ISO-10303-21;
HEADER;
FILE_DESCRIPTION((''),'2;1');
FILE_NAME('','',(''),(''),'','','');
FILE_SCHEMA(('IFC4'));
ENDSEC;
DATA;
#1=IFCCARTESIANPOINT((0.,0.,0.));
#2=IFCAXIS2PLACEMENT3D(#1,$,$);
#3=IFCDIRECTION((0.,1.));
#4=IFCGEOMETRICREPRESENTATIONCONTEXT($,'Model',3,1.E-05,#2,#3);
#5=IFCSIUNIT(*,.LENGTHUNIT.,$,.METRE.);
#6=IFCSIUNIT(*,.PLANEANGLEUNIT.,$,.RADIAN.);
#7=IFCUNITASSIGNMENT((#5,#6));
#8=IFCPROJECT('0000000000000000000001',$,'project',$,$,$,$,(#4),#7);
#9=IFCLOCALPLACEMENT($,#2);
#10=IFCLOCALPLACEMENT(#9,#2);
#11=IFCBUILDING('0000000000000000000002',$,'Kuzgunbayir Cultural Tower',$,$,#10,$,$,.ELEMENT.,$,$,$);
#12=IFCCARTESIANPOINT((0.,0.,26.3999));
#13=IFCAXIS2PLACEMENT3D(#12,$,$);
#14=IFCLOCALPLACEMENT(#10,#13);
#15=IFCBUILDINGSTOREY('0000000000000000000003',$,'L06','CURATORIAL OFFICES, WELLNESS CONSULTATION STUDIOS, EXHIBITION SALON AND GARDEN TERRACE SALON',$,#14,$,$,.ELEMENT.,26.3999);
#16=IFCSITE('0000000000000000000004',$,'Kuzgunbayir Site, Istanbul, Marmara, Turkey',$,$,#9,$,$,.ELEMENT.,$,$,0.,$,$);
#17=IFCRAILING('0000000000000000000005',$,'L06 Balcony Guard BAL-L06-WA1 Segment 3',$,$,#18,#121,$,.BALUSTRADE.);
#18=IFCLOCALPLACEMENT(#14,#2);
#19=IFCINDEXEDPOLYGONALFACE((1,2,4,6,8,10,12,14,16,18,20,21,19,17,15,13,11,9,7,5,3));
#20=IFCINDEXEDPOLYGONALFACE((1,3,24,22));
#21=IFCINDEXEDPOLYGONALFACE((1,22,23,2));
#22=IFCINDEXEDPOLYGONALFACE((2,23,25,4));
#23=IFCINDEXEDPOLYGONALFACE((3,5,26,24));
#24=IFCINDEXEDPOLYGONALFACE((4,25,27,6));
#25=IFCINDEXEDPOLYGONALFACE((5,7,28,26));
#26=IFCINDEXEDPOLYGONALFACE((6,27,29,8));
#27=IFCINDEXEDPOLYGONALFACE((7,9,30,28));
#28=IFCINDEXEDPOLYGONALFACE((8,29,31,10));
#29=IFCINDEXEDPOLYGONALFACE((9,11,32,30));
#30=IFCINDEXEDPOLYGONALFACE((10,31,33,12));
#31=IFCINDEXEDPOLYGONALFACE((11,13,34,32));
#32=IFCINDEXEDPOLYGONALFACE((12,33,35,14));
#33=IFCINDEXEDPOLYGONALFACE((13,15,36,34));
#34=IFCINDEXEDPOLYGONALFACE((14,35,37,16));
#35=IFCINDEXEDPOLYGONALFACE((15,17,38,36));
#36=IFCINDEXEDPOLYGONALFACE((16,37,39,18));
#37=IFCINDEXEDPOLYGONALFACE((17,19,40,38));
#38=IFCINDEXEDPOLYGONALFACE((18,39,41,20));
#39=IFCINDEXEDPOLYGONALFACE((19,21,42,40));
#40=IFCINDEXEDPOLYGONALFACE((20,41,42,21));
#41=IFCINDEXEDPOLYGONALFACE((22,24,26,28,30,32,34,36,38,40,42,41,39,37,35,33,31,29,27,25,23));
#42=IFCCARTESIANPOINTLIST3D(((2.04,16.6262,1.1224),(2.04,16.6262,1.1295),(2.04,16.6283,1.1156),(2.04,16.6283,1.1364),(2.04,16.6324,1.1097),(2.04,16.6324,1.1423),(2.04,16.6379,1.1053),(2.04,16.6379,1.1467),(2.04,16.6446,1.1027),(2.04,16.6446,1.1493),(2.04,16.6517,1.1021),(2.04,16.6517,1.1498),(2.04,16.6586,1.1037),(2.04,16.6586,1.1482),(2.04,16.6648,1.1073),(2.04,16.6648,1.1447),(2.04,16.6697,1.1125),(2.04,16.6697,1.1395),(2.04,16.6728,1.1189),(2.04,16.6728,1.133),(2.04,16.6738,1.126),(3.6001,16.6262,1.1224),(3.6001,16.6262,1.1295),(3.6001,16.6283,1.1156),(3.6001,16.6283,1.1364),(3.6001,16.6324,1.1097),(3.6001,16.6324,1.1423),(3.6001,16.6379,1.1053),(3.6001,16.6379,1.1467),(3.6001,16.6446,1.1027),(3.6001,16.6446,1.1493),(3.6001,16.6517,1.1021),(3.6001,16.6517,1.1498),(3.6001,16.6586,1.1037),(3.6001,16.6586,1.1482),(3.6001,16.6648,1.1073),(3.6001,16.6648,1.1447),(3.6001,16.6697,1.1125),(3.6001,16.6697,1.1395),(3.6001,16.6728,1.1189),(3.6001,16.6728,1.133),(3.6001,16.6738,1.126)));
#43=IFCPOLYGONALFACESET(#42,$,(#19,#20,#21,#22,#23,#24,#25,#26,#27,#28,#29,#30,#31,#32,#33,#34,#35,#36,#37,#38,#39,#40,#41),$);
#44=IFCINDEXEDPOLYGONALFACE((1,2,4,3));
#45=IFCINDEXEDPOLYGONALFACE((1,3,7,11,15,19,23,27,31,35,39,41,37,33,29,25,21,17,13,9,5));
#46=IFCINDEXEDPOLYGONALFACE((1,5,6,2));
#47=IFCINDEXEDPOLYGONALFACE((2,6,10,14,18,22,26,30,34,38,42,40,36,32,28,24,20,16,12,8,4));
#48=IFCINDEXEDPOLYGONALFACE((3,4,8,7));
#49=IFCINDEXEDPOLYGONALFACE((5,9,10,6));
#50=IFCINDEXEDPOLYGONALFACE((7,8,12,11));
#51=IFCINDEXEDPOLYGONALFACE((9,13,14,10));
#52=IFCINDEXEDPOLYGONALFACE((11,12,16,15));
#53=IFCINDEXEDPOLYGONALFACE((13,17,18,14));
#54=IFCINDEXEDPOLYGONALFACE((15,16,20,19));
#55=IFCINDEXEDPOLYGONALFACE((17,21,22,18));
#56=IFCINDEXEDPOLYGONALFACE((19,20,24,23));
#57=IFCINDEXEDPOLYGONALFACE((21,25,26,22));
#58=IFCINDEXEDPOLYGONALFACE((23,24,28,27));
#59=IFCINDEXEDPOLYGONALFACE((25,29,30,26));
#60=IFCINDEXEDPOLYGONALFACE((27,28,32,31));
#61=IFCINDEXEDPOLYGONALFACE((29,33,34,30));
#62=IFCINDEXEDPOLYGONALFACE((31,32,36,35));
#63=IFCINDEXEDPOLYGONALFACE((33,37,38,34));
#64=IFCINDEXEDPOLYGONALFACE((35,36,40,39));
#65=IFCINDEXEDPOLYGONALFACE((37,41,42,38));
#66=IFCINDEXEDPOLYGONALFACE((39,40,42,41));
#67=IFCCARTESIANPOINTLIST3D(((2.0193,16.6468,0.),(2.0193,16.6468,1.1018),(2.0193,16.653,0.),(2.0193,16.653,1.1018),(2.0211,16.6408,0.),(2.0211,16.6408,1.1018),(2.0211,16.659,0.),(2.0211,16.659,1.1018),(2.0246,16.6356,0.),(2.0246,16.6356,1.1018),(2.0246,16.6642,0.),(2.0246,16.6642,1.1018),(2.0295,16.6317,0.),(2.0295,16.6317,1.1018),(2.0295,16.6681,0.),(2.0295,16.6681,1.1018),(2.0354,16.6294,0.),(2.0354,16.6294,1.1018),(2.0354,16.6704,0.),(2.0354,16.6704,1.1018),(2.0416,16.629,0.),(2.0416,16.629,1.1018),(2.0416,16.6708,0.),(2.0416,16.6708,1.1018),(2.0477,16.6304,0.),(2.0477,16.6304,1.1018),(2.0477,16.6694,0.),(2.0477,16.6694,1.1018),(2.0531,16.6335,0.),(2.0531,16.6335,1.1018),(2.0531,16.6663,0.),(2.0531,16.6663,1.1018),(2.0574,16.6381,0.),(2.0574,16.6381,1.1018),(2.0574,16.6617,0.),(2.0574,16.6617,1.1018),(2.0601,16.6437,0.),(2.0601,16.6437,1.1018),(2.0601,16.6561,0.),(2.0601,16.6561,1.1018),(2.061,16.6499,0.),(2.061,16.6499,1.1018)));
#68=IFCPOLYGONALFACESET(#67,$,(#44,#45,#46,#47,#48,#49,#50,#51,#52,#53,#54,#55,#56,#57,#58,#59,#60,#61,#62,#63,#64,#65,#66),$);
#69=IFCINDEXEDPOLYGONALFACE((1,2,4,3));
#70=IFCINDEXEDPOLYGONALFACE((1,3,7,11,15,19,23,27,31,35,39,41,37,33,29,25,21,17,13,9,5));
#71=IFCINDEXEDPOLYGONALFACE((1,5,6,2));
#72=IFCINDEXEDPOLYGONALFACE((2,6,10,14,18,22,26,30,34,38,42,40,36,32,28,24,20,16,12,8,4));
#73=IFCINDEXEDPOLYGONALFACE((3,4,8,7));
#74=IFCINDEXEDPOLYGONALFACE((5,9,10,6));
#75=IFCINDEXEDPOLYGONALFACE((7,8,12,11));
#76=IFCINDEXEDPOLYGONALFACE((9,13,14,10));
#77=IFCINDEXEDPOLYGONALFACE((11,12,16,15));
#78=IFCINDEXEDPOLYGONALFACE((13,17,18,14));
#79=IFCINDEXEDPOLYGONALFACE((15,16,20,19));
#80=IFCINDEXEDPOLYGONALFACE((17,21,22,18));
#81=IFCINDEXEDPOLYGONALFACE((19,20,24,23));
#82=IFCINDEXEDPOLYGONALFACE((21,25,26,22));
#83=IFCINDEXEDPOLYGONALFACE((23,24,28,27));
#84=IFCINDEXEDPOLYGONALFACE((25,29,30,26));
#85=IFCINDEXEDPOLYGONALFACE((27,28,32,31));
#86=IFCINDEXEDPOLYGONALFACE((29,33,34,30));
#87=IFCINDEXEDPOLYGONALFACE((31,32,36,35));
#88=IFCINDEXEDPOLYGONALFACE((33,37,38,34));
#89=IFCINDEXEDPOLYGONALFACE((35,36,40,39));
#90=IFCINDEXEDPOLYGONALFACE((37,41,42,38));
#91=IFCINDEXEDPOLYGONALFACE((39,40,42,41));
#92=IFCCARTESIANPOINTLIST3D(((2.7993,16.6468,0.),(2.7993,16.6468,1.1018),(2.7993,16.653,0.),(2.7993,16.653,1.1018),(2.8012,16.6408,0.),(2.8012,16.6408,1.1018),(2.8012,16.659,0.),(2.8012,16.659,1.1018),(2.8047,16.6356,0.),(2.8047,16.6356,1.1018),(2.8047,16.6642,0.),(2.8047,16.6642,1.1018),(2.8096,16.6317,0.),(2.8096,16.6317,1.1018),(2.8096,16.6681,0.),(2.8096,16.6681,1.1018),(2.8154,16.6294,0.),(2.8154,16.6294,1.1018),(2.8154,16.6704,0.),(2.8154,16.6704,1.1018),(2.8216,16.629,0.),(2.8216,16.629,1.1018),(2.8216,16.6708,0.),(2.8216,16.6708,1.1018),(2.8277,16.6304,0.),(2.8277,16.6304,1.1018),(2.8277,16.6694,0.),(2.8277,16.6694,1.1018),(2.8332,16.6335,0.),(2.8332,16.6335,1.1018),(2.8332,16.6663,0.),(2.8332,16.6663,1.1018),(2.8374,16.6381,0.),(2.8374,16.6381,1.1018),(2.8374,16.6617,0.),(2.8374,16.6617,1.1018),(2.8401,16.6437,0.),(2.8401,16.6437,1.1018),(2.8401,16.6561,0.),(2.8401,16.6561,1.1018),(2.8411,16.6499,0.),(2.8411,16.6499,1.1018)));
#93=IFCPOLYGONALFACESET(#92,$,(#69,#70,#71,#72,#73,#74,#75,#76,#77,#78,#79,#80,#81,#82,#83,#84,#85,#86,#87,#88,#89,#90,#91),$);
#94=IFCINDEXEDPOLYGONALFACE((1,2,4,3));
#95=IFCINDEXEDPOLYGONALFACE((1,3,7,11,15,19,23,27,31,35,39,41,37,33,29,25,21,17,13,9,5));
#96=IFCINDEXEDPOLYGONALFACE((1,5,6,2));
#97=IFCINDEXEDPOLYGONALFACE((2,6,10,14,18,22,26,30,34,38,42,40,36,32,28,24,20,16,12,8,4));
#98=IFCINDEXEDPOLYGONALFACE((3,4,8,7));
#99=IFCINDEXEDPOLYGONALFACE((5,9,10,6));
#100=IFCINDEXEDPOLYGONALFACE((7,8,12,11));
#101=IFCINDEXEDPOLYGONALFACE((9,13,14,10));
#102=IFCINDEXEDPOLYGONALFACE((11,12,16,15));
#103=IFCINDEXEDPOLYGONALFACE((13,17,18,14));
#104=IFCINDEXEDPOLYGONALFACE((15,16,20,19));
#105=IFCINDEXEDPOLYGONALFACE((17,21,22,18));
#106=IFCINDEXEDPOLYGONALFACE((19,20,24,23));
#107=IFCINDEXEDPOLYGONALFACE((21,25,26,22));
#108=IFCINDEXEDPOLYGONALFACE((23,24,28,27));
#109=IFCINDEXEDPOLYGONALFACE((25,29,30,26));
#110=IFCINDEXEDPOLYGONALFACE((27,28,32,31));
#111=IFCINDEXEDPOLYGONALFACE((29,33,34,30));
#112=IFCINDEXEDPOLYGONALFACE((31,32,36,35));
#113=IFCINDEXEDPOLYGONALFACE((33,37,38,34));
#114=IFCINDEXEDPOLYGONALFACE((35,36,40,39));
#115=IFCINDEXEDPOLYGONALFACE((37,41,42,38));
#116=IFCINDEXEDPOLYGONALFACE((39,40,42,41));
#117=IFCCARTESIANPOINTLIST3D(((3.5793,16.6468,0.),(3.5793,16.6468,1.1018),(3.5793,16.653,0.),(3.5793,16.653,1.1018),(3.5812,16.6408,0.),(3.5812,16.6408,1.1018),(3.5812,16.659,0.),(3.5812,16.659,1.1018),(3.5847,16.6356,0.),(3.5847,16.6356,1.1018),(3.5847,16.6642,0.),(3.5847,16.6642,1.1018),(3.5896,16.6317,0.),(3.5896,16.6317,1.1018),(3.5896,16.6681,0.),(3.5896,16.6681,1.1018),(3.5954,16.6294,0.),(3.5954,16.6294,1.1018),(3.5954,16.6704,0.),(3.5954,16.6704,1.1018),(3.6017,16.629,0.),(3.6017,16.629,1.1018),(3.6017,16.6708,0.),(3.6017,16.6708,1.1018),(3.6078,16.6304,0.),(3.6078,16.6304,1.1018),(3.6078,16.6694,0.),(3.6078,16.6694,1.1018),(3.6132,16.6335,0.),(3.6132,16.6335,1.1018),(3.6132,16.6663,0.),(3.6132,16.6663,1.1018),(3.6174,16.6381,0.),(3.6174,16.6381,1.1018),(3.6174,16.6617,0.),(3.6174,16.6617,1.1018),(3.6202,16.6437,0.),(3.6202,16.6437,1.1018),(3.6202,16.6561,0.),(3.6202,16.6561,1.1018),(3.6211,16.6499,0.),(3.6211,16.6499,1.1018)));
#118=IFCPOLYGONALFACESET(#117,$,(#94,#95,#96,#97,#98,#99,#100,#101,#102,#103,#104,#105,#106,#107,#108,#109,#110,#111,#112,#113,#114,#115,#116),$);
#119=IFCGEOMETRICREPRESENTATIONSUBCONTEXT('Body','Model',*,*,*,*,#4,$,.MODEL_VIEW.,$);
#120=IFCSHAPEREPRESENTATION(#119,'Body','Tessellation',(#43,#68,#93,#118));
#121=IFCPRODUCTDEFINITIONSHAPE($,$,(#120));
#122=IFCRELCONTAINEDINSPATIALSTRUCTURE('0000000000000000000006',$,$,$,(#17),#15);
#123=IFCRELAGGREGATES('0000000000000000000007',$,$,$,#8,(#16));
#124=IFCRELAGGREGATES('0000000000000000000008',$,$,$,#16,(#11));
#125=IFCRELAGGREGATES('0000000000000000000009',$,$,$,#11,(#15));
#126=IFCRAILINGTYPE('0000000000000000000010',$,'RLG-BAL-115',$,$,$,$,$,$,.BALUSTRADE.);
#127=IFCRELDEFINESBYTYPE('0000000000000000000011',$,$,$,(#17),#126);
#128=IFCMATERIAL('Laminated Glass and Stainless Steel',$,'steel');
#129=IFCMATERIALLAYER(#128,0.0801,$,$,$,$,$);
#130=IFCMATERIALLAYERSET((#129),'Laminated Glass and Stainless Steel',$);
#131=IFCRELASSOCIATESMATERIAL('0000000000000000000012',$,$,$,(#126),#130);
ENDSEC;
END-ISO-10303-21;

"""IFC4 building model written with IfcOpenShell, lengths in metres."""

from ifc_helpers import new_model, si_unit, direction, frame, origin, origin_2d, place, context, subcontext, project, spatial, circle, extrude, material, layer, layer_set, type_object, element, save


model = new_model("IFC4")

# Units and contexts
model_context = context("Model", 3, precision=1e-05, world=origin(), true_north=direction((0.0, 1.0)))
body_context = subcontext(model_context, "Body", "Model", "MODEL_VIEW")
ifc_project = project(units=[si_unit("LENGTHUNIT", "METRE"), si_unit("PLANEANGLEUNIT", "RADIAN")], contexts=[model_context])

# Site, building, storey
site_placement = place(None, origin())
site = spatial("IfcSite", under=ifc_project, at=site_placement, Name="Kuzgunbayir Site, Istanbul, Marmara, Turkey", CompositionType="ELEMENT", RefElevation=0.0)
building_placement = place(site_placement, origin())
building = spatial("IfcBuilding", under=site, at=building_placement, Name="Kuzgunbayir Cultural Tower", CompositionType="ELEMENT")
storey_placement = place(building_placement, frame((0.0, 0.0, 26.3999)))
storey = spatial("IfcBuildingStorey", under=building, at=storey_placement, Name="L06", Description="CURATORIAL OFFICES, WELLNESS CONSULTATION STUDIOS, EXHIBITION SALON AND GARDEN TERRACE SALON", CompositionType="ELEMENT", Elevation=26.3999)

# Railing
ifc_material_1 = material(Name="Laminated Glass and Stainless Steel", Category="steel")
ifc_layer_1 = layer(ifc_material_1, 0.0801)
ifc_layer_set_1 = layer_set([ifc_layer_1], Name="Laminated Glass and Stainless Steel")
railing_type = type_object("IfcRailingType", Name="RLG-BAL-115", PredefinedType="BALUSTRADE", material=ifc_layer_set_1)
railing_1_placement = place(storey_placement, frame((2.04, 16.6499, 0.0)))
element("IfcRailing", 1, at=railing_1_placement, inside=storey, type_object=railing_type, Name="L06 Balcony Guard BAL-L06-WA1 Segment 3", PredefinedType="BALUSTRADE", context=body_context, shape_type="SweptSolid", body=[
    extrude(circle(Radius=0.0239, at=origin_2d()), frame((0.0, 0.0, 1.126), z_axis=(1.0, 0.0, 0.0), x_axis=(0.0, 1.0, 0.0)), (0.0, 0.0, 1.0), 1.5601),
    extrude(circle(Radius=0.021, at=origin_2d()), origin(), (0.0, 0.0, 1.0), 1.1018),
    extrude(circle(Radius=0.021, at=origin_2d()), frame((0.78, 0.0, 0.0)), (0.0, 0.0, 1.0), 1.1018),
    extrude(circle(Radius=0.021, at=origin_2d()), frame((1.5601, 0.0, 0.0)), (0.0, 0.0, 1.0), 1.1018),
])

save(model, "model.ifc")
